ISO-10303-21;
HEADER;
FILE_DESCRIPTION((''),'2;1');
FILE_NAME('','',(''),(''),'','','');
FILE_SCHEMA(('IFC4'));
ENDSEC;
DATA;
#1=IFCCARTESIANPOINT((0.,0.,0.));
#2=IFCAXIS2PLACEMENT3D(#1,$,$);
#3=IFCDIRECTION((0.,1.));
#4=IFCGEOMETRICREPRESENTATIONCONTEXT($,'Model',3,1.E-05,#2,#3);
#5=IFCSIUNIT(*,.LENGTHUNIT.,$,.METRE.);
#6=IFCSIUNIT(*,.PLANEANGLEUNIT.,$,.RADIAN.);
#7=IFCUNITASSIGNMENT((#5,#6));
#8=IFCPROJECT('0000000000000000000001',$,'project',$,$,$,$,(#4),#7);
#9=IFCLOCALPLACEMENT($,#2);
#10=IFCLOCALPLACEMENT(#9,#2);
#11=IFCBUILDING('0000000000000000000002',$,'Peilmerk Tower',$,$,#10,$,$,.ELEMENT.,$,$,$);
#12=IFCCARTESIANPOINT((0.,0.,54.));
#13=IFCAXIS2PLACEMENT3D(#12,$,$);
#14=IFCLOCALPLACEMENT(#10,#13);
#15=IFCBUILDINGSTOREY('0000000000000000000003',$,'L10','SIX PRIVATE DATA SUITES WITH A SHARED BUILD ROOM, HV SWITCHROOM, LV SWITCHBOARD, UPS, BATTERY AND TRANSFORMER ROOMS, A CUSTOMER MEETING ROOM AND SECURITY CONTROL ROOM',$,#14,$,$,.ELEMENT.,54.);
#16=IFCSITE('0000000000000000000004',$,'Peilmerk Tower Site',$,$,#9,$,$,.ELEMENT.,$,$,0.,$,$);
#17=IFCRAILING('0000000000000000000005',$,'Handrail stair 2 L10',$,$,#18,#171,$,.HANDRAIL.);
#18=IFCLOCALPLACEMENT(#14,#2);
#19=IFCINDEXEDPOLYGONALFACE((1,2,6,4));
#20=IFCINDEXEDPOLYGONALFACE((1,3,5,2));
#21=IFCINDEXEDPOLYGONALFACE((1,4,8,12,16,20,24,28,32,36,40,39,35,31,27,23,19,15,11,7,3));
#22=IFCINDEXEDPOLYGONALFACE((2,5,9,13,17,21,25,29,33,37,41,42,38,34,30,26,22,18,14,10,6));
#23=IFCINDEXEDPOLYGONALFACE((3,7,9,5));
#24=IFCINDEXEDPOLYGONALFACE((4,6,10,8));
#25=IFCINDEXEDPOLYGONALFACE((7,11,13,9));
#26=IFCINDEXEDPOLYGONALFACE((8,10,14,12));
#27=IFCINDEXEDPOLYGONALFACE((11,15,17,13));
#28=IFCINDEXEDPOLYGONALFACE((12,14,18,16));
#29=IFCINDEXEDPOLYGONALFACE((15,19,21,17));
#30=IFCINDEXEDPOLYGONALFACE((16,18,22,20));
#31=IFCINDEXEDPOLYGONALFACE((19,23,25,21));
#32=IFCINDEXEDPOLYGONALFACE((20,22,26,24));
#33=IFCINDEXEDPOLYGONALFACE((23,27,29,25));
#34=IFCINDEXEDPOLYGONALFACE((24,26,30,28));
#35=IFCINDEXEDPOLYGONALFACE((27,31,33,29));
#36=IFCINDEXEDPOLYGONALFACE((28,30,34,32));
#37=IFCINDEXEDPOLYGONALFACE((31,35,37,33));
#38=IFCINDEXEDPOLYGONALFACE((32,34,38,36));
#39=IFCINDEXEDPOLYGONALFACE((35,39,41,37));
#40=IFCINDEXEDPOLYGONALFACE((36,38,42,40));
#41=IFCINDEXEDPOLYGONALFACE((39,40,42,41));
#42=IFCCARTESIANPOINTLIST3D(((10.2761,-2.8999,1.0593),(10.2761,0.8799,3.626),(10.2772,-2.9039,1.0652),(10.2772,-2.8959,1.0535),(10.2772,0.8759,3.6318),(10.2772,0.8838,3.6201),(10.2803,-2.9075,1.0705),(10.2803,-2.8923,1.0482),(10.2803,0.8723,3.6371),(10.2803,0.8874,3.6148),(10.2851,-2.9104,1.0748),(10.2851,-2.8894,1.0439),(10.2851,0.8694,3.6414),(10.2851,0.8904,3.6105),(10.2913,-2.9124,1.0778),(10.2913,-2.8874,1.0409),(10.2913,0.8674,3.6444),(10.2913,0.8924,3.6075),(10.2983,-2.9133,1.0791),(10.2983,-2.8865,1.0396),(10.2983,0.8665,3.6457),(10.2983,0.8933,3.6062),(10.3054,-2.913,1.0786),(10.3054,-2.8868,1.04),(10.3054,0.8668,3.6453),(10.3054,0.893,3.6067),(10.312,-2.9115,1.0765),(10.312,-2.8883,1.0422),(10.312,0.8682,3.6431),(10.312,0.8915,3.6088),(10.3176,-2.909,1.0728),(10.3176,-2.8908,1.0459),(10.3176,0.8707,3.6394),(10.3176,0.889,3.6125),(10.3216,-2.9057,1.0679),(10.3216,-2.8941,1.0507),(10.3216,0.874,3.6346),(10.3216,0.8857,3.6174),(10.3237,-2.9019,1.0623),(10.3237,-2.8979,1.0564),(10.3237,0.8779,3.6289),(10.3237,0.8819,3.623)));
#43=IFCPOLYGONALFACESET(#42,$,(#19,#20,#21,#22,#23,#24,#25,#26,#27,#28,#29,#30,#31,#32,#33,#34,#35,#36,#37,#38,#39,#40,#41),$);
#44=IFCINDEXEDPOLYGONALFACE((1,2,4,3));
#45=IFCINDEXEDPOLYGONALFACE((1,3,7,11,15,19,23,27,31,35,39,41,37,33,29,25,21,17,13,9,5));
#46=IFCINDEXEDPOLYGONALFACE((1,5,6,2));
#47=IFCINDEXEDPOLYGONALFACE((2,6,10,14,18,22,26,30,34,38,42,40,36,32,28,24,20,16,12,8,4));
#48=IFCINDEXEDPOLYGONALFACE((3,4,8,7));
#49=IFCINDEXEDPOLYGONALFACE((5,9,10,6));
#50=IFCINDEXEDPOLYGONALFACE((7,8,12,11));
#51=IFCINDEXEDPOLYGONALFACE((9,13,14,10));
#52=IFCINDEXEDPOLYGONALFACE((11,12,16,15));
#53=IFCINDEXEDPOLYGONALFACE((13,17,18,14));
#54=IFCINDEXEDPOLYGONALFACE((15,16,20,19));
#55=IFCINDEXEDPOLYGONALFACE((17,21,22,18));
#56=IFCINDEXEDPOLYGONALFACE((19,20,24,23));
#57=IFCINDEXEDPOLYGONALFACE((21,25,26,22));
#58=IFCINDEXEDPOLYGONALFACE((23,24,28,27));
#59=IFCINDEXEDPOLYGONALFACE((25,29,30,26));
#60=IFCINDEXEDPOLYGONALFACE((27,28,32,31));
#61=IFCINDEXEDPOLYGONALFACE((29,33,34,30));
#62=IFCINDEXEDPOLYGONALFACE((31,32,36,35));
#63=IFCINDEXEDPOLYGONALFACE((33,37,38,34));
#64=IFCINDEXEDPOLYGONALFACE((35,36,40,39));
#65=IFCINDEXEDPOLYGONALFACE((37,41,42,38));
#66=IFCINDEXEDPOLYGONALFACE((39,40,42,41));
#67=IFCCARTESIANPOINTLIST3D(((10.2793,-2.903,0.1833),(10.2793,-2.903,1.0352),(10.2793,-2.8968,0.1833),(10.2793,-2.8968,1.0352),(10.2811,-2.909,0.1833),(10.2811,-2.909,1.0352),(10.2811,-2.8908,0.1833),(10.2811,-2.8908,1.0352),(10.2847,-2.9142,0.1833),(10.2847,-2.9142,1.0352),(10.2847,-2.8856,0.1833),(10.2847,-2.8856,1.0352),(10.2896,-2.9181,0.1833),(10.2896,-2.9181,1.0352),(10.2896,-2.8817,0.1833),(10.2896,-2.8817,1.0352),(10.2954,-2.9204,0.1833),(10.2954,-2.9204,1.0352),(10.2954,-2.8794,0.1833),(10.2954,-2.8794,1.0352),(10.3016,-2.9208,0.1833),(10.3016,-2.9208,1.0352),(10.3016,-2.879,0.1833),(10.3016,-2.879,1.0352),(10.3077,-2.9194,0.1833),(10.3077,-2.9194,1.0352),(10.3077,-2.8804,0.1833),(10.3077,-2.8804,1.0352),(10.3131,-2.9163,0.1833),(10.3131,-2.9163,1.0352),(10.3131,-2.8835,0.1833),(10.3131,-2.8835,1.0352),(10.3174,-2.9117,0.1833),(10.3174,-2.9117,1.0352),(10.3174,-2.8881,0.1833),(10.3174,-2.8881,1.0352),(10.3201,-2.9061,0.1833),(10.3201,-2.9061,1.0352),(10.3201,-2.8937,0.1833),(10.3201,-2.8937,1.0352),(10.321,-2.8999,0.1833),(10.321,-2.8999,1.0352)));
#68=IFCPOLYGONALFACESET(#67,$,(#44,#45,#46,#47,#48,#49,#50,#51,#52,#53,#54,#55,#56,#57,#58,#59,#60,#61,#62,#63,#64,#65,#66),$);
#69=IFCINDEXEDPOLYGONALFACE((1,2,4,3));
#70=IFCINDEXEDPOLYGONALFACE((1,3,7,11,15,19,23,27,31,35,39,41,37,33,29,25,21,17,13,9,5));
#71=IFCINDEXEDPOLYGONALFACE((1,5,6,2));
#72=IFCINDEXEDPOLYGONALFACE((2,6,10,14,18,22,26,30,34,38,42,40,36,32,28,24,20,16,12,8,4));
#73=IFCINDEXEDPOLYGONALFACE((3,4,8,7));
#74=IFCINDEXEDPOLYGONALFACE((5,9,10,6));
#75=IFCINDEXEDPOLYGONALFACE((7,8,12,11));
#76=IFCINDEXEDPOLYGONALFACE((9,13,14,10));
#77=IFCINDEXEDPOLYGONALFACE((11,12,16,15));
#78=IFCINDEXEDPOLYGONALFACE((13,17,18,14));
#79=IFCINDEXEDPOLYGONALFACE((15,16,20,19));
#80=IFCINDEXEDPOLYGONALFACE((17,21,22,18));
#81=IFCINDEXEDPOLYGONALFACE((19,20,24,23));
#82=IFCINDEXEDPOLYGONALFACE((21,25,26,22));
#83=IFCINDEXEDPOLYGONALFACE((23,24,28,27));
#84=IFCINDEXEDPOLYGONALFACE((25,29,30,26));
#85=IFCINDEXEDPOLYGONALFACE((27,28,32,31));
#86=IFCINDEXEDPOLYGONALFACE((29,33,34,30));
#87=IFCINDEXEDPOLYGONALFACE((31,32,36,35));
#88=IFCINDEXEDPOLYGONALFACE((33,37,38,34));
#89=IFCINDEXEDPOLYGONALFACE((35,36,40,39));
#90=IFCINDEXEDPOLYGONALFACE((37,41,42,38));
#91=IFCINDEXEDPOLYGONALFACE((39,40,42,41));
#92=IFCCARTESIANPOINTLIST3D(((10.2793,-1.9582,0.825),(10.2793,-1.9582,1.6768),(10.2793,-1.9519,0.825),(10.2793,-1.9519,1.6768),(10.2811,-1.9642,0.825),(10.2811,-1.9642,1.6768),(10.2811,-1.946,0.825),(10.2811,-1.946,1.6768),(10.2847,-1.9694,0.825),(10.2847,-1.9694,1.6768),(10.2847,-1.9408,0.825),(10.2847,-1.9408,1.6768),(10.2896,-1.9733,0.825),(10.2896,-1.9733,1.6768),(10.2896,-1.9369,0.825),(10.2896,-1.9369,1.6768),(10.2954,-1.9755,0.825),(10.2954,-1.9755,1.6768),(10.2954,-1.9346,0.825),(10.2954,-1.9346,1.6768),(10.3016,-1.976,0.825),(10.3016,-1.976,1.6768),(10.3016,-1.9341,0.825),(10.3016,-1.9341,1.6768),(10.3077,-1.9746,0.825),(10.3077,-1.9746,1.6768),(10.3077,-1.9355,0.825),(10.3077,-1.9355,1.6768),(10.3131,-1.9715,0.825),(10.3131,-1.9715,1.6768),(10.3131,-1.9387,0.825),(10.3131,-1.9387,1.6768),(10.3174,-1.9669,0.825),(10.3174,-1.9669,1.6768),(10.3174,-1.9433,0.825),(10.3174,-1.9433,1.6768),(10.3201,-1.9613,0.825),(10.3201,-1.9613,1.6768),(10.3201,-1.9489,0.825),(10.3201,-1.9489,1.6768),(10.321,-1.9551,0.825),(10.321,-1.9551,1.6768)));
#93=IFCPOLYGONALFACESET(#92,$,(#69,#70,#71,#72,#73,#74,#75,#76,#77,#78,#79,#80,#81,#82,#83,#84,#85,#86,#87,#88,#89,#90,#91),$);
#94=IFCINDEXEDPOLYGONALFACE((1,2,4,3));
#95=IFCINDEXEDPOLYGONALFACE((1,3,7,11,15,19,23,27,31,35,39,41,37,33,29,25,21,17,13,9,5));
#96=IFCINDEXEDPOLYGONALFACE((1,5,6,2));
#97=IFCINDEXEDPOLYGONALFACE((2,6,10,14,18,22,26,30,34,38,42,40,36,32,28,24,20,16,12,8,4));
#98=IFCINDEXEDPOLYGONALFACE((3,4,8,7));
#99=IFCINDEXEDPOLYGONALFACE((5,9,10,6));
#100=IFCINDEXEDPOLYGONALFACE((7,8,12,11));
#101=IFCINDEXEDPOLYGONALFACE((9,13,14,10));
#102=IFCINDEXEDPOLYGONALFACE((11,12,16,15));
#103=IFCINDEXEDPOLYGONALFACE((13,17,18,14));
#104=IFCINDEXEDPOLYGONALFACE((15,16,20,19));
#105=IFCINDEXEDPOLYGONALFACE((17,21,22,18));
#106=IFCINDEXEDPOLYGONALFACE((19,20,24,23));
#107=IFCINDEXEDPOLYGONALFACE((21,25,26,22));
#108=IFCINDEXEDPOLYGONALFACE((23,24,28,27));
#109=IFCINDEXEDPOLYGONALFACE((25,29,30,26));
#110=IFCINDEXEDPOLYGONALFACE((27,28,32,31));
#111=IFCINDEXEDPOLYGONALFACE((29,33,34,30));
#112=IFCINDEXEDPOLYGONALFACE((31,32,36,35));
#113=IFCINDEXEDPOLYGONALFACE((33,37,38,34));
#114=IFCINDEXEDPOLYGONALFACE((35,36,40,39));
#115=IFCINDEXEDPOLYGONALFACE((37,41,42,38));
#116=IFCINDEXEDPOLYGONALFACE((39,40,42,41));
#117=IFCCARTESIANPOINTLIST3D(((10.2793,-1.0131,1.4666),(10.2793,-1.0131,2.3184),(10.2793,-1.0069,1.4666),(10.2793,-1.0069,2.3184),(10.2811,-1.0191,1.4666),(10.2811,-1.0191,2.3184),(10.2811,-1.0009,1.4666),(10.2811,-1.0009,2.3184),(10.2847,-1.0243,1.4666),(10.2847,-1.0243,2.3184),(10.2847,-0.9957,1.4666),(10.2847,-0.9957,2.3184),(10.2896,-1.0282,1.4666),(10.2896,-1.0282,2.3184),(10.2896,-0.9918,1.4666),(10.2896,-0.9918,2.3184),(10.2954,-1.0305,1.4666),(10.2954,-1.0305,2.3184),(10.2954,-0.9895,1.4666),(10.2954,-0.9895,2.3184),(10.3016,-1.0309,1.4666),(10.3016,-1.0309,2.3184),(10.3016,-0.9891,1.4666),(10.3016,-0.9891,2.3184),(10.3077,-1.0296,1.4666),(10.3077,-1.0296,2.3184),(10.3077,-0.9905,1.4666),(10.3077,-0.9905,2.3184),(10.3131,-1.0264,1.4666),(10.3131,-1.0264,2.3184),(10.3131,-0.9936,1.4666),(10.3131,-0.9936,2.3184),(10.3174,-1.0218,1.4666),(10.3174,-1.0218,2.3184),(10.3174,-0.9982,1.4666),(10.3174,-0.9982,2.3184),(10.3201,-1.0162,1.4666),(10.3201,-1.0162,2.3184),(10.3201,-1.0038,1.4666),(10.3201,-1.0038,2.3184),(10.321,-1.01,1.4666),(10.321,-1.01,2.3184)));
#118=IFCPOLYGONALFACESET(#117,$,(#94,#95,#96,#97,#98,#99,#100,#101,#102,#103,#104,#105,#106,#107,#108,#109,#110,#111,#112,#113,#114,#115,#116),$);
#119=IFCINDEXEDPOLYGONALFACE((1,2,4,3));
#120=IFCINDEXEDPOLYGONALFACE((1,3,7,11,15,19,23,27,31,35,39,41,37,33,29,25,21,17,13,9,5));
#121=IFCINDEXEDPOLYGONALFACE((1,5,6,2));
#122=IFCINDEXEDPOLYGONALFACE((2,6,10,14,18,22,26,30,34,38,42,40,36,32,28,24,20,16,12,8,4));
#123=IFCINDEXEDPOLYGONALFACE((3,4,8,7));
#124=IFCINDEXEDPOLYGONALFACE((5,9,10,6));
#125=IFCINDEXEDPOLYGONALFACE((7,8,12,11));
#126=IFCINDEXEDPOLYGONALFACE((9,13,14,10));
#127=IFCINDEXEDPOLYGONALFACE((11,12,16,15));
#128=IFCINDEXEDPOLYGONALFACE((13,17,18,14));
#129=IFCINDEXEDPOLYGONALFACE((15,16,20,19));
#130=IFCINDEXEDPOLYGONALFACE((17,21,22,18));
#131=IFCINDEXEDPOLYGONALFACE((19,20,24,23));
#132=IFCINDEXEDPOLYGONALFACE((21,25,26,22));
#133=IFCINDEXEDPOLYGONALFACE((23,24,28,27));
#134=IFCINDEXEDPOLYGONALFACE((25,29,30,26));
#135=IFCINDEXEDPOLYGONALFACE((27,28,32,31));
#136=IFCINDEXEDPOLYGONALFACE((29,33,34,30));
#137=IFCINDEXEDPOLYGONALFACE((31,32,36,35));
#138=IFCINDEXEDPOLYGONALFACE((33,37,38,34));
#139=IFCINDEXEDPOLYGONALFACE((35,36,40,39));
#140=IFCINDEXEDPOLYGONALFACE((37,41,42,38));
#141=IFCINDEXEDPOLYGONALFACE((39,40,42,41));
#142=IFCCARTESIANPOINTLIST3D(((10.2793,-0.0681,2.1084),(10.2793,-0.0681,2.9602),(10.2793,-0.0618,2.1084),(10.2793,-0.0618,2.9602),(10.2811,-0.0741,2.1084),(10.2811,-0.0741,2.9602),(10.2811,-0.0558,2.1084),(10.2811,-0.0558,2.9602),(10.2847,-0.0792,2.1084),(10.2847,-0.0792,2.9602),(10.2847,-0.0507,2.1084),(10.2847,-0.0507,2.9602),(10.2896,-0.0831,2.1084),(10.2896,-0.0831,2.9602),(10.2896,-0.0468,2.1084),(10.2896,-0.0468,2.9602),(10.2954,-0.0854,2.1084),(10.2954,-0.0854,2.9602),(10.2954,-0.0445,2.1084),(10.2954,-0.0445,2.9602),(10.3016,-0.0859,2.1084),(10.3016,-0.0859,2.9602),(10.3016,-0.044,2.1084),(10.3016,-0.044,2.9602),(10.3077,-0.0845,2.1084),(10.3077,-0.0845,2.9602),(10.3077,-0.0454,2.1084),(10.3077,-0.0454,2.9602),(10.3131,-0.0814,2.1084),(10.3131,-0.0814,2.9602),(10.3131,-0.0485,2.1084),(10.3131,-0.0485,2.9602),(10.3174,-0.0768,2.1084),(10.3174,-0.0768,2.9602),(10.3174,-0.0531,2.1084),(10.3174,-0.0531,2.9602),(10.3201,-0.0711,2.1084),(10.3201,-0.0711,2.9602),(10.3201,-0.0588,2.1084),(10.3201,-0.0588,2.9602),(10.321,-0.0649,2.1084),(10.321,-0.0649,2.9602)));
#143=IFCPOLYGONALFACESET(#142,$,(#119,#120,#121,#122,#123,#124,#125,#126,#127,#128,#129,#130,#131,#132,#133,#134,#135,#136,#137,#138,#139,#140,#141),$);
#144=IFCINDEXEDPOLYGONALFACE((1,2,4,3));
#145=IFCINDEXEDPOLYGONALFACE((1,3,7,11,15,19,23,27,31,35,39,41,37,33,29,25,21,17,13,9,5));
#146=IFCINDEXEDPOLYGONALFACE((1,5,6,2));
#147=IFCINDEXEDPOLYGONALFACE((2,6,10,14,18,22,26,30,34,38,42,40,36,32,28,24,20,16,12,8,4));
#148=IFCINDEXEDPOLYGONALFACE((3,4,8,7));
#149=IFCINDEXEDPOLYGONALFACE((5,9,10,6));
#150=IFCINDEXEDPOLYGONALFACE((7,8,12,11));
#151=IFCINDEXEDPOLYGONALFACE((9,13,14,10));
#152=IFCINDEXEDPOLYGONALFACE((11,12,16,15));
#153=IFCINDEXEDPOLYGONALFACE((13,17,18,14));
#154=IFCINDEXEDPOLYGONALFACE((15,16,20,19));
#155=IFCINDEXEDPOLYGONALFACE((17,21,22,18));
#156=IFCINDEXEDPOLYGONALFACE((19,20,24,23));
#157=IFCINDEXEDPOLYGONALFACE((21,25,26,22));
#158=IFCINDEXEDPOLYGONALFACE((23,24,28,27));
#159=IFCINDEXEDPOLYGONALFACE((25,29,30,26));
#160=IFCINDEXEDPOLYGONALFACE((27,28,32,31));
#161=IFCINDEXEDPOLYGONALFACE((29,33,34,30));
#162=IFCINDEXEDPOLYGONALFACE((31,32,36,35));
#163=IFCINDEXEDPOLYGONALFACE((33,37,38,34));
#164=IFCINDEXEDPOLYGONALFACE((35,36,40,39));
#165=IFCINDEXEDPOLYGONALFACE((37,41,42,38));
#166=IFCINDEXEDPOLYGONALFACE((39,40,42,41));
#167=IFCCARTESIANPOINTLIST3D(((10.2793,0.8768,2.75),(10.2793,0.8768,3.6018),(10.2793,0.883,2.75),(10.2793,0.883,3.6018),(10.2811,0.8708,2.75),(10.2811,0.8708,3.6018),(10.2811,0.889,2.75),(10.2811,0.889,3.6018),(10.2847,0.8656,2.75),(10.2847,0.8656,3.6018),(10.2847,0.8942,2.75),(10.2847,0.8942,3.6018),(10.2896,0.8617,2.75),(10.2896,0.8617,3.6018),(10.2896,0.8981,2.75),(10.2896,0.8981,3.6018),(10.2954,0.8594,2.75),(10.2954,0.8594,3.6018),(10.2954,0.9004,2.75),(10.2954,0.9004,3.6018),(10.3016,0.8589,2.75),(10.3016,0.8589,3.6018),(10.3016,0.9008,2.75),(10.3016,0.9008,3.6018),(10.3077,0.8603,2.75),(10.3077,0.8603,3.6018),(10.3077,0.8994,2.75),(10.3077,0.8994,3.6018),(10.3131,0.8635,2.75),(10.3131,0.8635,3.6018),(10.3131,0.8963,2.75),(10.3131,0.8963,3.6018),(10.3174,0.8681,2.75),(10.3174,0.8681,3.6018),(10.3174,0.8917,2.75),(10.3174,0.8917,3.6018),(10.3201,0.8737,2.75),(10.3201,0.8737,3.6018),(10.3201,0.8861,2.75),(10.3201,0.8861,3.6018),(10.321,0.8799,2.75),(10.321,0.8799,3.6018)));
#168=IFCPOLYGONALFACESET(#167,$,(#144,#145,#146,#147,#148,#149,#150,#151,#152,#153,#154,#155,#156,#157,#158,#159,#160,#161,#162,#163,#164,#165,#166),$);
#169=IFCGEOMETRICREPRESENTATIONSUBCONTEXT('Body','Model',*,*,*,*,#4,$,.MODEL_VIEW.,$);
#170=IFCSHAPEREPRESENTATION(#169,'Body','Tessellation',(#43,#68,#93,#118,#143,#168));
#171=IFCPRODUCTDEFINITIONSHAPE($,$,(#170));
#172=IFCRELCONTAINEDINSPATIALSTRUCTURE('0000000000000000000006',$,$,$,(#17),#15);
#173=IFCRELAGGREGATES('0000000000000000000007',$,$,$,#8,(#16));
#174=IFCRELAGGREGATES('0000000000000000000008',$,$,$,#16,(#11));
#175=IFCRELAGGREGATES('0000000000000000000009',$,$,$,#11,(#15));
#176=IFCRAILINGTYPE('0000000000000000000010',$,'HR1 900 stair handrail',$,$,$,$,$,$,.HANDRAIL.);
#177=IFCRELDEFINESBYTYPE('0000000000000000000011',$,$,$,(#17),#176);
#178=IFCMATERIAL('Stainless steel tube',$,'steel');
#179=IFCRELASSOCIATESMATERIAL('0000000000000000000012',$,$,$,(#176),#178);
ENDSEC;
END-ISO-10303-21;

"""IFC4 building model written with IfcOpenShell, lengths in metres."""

from ifc_helpers import new_model, si_unit, direction, frame, origin, origin_2d, place, context, subcontext, project, spatial, circle, extrude, material, type_object, element, save


model = new_model("IFC4")

# Units and contexts
model_context = context("Model", 3, precision=1e-05, world=origin(), true_north=direction((0.0, 1.0)))
body_context = subcontext(model_context, "Body", "Model", "MODEL_VIEW")
ifc_project = project(units=[si_unit("LENGTHUNIT", "METRE"), si_unit("PLANEANGLEUNIT", "RADIAN")], contexts=[model_context])

# Site, building, storey
site_placement = place(None, origin())
site = spatial("IfcSite", under=ifc_project, at=site_placement, Name="Peilmerk Tower Site", CompositionType="ELEMENT", RefElevation=0.0)
building_placement = place(site_placement, origin())
building = spatial("IfcBuilding", under=site, at=building_placement, Name="Peilmerk Tower", CompositionType="ELEMENT")
storey_placement = place(building_placement, frame((0.0, 0.0, 54.0)))
storey = spatial("IfcBuildingStorey", under=building, at=storey_placement, Name="L10", Description="SIX PRIVATE DATA SUITES WITH A SHARED BUILD ROOM, HV SWITCHROOM, LV SWITCHBOARD, UPS, BATTERY AND TRANSFORMER ROOMS, A CUSTOMER MEETING ROOM AND SECURITY CONTROL ROOM", CompositionType="ELEMENT", Elevation=54.0)

# Railing
ifc_material_1 = material(Name="Stainless steel tube", Category="steel")
railing_type_1 = type_object("IfcRailingType", Name="HR1 900 stair handrail", PredefinedType="HANDRAIL", material=ifc_material_1)
railing_1_placement = place(storey_placement, frame((10.3, -2.8999, 0.1833)))
element("IfcRailing", 1, at=railing_1_placement, inside=storey, type_object=railing_type_1, Name="Handrail stair 2 L10", PredefinedType="HANDRAIL", context=body_context, shape_type="SweptSolid", body=[
    extrude(circle(Radius=0.0239, at=origin_2d()), frame((0.0, 0.0, 0.876), z_axis=(0.0, 0.827293, 0.561771), x_axis=(-1.0, 0.0, 0.0)), (0.0, 0.0, 1.0), 4.5688),
    extrude(circle(Radius=0.021, at=origin_2d()), origin(), (0.0, 0.0, 1.0), 0.8518),
    extrude(circle(Radius=0.021, at=origin_2d()), frame((0.0, 0.9448, 0.6416)), (0.0, 0.0, 1.0), 0.8518),
    extrude(circle(Radius=0.021, at=origin_2d()), frame((0.0, 1.8899, 1.2832)), (0.0, 0.0, 1.0), 0.8518),
    extrude(circle(Radius=0.021, at=origin_2d()), frame((0.0, 2.835, 1.925)), (0.0, 0.0, 1.0), 0.8518),
    extrude(circle(Radius=0.021, at=origin_2d()), frame((0.0, 3.7798, 2.5667)), (0.0, 0.0, 1.0), 0.8518),
])

save(model, "model.ifc")
